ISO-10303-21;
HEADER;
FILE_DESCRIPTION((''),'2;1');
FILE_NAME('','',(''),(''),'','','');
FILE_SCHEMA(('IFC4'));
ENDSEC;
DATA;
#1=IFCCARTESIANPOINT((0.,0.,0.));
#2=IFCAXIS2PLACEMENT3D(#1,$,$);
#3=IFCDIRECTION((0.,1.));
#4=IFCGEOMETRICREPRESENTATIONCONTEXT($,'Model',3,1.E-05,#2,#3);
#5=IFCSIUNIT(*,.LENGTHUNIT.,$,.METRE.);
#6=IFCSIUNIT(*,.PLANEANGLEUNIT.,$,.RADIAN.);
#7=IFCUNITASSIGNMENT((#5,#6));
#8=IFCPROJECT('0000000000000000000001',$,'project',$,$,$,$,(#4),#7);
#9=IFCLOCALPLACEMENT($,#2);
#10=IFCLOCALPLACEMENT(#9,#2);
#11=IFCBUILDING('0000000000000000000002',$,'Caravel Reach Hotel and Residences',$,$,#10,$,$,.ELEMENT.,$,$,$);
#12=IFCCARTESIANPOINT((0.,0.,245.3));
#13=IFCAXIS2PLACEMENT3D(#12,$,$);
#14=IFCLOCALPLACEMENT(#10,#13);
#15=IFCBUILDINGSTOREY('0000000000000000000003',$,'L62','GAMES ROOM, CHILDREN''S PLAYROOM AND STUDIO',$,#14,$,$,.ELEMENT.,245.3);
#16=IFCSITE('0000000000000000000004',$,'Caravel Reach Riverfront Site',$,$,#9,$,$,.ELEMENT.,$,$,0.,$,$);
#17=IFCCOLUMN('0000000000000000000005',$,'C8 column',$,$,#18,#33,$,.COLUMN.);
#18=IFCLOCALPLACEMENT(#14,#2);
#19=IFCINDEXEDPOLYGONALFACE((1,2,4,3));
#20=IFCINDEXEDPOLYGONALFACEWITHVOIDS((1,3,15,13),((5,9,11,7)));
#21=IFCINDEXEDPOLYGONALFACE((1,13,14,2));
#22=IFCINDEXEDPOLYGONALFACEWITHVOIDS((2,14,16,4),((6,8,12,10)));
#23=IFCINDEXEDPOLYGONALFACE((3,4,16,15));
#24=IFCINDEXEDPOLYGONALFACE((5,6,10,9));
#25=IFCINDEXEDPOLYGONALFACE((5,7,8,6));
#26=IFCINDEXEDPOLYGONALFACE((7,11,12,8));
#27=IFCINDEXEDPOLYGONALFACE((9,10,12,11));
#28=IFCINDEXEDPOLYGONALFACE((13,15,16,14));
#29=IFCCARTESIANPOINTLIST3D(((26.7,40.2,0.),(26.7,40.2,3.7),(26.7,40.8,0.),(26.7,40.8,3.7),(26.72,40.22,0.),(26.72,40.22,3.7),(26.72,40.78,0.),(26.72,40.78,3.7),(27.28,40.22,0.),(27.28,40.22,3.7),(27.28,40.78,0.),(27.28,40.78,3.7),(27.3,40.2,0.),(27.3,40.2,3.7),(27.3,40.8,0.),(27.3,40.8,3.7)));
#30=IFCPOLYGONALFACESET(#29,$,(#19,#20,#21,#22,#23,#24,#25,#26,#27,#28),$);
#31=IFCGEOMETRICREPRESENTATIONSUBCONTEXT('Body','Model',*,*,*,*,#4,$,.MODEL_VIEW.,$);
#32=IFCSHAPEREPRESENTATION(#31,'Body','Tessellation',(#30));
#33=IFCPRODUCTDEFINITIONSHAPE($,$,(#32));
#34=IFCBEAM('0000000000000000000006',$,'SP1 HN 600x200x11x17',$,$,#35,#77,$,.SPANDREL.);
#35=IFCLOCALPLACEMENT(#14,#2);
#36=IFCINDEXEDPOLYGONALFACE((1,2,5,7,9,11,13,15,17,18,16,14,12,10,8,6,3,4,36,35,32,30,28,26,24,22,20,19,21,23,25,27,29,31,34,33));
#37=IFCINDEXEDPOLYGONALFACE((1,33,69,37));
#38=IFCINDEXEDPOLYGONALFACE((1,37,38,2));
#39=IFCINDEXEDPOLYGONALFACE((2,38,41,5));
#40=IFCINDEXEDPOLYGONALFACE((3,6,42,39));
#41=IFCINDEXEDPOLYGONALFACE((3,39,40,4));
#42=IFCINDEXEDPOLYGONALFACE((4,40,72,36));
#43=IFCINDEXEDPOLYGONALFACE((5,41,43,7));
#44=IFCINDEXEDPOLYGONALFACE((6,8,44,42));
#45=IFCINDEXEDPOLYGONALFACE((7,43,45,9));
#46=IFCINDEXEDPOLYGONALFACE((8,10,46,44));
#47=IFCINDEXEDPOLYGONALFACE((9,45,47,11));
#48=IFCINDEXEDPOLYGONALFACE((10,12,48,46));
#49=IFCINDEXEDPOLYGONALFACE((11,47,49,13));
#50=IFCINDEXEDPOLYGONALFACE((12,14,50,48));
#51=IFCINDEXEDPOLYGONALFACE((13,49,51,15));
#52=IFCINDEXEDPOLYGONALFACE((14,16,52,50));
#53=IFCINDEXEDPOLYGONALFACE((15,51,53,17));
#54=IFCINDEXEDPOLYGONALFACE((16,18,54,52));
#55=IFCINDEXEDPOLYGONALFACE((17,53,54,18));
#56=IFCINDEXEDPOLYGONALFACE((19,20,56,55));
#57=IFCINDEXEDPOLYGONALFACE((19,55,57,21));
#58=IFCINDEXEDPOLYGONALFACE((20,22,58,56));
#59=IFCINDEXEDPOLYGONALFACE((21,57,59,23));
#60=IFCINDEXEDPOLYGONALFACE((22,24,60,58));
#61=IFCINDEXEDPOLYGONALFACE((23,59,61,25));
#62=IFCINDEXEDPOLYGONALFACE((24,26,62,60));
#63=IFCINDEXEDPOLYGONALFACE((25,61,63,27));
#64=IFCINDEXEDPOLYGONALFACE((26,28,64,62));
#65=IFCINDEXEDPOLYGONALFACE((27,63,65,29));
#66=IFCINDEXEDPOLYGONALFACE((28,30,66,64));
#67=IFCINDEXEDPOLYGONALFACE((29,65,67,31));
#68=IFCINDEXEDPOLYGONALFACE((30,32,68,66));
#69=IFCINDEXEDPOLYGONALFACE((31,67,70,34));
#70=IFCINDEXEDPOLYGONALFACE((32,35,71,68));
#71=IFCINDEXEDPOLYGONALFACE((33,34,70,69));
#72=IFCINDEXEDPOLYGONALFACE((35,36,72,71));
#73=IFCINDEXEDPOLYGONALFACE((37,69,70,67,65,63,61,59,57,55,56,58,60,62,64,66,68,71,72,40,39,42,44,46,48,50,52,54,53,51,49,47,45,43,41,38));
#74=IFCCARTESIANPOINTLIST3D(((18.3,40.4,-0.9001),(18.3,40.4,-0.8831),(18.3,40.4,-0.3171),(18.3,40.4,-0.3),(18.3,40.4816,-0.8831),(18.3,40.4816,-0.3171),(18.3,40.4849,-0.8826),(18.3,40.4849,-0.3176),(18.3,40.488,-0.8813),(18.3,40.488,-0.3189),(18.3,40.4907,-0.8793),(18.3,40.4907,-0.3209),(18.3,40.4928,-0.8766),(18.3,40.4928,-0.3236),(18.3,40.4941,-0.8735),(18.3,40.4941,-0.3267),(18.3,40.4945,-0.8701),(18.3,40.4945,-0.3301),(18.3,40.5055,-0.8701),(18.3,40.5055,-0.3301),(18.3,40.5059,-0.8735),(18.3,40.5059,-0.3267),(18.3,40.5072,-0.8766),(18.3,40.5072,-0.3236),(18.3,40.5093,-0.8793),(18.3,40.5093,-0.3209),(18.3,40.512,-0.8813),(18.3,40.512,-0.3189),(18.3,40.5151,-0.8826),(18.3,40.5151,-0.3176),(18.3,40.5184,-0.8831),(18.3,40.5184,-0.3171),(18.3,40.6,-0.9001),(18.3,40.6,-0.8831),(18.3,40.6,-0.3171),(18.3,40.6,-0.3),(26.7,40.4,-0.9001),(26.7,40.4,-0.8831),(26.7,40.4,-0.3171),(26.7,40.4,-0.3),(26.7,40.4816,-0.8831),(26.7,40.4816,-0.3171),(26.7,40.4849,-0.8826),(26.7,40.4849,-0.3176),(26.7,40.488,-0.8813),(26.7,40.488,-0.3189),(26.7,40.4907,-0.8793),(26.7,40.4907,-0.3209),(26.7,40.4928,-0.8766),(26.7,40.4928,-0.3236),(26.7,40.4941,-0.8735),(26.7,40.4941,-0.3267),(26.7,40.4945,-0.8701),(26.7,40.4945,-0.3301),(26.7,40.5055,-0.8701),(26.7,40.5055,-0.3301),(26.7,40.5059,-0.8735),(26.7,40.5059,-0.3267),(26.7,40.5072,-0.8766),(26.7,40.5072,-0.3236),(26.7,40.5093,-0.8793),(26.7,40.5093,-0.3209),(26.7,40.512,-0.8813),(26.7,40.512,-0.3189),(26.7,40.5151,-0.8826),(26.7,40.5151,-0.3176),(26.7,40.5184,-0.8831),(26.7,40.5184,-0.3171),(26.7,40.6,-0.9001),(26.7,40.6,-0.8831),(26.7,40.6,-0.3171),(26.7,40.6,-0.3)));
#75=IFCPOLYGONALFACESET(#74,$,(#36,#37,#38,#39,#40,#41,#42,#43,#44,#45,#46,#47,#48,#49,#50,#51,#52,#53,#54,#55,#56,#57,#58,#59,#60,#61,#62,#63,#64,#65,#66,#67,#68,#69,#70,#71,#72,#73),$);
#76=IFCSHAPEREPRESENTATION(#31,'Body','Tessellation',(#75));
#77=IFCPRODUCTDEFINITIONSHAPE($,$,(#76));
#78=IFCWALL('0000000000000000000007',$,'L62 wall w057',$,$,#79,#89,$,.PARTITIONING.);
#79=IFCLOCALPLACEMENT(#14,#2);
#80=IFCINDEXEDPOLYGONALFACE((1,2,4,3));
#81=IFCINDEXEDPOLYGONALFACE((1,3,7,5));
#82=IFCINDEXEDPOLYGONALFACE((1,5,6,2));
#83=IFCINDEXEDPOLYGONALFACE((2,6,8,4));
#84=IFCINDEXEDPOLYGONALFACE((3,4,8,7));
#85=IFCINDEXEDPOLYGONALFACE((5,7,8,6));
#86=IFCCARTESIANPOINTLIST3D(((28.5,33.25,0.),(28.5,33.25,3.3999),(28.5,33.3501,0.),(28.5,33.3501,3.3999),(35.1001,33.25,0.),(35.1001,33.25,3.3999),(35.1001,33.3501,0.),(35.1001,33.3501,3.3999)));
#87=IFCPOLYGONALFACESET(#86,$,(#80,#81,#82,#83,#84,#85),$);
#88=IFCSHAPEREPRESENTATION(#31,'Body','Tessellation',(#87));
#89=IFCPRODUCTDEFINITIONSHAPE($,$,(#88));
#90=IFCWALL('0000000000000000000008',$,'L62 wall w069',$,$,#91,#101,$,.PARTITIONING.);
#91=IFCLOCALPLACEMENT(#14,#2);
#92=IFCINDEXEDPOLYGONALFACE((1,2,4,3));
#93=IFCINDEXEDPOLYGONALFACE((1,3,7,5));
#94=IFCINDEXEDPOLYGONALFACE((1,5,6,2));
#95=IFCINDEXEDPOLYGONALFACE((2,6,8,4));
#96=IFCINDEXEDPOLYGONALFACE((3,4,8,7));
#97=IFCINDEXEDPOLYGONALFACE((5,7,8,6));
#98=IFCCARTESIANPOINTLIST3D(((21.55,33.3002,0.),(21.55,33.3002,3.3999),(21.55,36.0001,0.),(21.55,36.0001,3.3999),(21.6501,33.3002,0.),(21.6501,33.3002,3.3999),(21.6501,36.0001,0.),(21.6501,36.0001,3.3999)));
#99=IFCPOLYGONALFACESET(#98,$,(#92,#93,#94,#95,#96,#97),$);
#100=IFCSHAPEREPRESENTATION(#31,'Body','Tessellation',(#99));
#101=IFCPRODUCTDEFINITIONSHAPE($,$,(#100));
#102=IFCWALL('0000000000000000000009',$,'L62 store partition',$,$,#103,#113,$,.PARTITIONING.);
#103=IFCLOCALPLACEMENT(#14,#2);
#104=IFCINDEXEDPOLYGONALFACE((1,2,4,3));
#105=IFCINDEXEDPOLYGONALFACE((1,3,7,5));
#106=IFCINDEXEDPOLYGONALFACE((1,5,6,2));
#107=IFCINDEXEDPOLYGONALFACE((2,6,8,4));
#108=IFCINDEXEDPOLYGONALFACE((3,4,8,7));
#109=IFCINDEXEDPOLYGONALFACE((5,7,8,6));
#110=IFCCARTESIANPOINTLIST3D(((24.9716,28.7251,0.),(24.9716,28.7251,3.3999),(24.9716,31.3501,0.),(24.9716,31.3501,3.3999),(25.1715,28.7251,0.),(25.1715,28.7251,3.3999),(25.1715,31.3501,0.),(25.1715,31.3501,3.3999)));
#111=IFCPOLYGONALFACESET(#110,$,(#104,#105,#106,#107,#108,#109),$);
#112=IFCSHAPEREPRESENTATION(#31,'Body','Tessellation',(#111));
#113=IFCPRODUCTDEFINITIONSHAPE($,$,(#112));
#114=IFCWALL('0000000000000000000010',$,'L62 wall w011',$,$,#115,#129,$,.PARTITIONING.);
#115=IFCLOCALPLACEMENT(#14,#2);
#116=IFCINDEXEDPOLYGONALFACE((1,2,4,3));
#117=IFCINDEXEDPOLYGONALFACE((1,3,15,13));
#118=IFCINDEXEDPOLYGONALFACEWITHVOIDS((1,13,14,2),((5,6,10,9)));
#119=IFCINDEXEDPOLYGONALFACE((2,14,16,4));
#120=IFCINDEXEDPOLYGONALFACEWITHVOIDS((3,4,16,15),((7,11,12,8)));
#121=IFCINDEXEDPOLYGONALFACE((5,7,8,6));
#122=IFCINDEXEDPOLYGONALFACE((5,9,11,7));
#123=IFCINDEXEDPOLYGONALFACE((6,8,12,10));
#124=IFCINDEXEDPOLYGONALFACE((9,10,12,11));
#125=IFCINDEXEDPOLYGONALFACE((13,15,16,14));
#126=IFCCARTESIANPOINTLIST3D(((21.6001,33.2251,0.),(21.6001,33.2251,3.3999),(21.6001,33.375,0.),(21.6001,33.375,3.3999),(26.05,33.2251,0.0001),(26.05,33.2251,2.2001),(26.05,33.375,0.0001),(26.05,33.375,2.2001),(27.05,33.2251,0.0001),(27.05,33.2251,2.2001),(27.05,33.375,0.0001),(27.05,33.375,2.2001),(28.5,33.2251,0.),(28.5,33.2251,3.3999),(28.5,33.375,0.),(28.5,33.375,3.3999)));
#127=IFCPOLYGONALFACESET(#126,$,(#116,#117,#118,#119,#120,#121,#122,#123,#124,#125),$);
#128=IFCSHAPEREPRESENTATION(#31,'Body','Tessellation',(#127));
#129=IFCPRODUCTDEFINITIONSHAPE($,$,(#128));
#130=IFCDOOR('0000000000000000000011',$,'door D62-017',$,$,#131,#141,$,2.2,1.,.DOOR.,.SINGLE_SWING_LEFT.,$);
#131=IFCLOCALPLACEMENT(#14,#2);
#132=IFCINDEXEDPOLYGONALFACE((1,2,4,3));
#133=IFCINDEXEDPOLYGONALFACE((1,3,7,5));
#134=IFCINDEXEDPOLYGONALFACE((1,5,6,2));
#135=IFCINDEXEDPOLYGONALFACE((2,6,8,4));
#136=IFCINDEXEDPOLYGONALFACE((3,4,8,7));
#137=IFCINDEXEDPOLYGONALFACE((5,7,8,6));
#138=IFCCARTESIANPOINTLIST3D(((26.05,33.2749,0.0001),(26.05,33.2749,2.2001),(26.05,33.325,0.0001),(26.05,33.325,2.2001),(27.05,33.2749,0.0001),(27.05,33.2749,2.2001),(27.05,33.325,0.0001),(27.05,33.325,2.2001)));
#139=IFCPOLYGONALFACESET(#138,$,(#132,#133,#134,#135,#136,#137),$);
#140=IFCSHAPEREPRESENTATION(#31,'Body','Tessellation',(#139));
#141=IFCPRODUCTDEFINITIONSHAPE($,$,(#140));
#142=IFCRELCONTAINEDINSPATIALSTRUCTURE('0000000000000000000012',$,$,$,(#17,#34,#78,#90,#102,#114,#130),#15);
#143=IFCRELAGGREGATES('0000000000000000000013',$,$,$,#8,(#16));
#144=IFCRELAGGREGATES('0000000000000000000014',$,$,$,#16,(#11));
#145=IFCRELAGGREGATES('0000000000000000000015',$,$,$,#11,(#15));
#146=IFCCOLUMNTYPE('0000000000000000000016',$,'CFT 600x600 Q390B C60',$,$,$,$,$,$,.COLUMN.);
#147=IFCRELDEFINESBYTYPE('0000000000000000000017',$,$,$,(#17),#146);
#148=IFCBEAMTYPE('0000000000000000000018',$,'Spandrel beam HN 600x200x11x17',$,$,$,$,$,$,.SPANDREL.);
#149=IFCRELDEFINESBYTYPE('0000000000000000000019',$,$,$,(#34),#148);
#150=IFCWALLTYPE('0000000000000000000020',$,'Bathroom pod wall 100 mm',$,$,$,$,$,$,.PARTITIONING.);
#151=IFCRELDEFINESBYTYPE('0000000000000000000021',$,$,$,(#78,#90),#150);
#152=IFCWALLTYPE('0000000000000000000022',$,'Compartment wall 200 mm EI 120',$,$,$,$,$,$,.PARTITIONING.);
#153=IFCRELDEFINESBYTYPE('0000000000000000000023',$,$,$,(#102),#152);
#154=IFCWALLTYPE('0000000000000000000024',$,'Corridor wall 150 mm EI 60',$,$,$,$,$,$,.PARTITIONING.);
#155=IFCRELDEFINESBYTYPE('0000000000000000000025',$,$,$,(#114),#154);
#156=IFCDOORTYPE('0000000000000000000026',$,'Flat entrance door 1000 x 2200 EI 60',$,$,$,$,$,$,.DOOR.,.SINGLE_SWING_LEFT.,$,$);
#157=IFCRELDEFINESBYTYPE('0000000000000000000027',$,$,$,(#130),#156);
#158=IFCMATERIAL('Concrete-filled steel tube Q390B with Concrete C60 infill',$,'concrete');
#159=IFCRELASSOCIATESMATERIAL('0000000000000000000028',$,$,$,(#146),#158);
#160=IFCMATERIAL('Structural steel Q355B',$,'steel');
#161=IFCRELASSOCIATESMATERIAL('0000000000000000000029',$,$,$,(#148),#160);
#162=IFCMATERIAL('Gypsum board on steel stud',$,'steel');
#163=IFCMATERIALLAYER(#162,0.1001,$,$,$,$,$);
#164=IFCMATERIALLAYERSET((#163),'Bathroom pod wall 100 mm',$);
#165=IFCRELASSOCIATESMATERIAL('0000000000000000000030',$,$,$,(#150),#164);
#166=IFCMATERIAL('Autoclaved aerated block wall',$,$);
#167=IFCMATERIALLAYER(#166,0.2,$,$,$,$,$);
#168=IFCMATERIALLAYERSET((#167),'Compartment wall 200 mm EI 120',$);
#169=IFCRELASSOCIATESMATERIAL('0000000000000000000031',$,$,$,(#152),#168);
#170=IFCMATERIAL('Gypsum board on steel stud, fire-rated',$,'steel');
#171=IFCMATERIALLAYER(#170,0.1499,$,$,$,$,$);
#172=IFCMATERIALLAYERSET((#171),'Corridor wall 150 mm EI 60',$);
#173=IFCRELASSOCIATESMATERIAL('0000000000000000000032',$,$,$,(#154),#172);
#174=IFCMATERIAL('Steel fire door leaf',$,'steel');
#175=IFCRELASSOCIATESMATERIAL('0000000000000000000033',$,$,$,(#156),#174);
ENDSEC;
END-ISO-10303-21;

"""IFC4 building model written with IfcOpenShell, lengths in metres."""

from ifc_helpers import new_model, si_unit, direction, frame, frame_2d, origin, origin_2d, place, context, subcontext, project, spatial, rectangle, hollow_rectangle, i_section, extrude, material, layer, layer_set, material_profile, profile_set, type_object, element, fill, save


model = new_model("IFC4")

# Units and contexts
model_context = context("Model", 3, precision=1e-05, world=origin(), true_north=direction((0.0, 1.0)))
body_context = subcontext(model_context, "Body", "Model", "MODEL_VIEW")
ifc_project = project(units=[si_unit("LENGTHUNIT", "METRE"), si_unit("PLANEANGLEUNIT", "RADIAN")], contexts=[model_context])

# Site, building, storey
site_placement = place(None, origin())
site = spatial("IfcSite", under=ifc_project, at=site_placement, Name="Caravel Reach Riverfront Site", CompositionType="ELEMENT", RefElevation=0.0)
building_placement = place(site_placement, origin())
building = spatial("IfcBuilding", under=site, at=building_placement, Name="Caravel Reach Hotel and Residences", CompositionType="ELEMENT")
storey_placement = place(building_placement, frame((0.0, 0.0, 245.3)))
storey = spatial("IfcBuildingStorey", under=building, at=storey_placement, Name="L62", Description="GAMES ROOM, CHILDREN'S PLAYROOM AND STUDIO", CompositionType="ELEMENT", Elevation=245.3)

# Column
ifc_material_1 = material(Name="Concrete-filled steel tube Q390B with Concrete C60 infill", Category="concrete")
ifc_material_profile_1 = material_profile(ifc_material_1, hollow_rectangle(XDim=0.6001, YDim=0.6001, WallThickness=0.02, at=origin_2d()), Name="RHS 600x600x20")
ifc_profile_set_1 = profile_set([ifc_material_profile_1], Name="Concrete-filled steel tube Q390B with Concrete C60 infill")
column_type = type_object("IfcColumnType", Name="CFT 600x600 Q390B C60", PredefinedType="COLUMN", material=ifc_profile_set_1)
column_placement = place(storey_placement, frame((27.0, 40.5, 0.0), z_axis=(0.0, 0.0, 1.0), x_axis=(1.0, 0.0, 0.0)))
element("IfcColumn", 1, at=column_placement, inside=storey, type_object=column_type, Name="C8 column", PredefinedType="COLUMN", context=body_context, shape_type="SweptSolid", body=[
    extrude(hollow_rectangle(XDim=0.6001, YDim=0.6001, WallThickness=0.02, at=origin_2d()), origin(), (0.0, 0.0, 1.0), 3.7),
])

# Beam
ifc_material_2 = material(Name="Structural steel Q355B", Category="steel")
ifc_material_profile_2 = material_profile(ifc_material_2, i_section(OverallWidth=0.2, OverallDepth=0.6001, WebThickness=0.011, FlangeThickness=0.0171, FilletRadius=0.0129, at=origin_2d()), Name="HN 600x200x11x17")
ifc_profile_set_2 = profile_set([ifc_material_profile_2], Name="Structural steel Q355B")
beam_type = type_object("IfcBeamType", Name="Spandrel beam HN 600x200x11x17", PredefinedType="SPANDREL", material=ifc_profile_set_2)
beam_placement = place(storey_placement, frame((26.7, 40.5, -0.6001), z_axis=(-1.0, 0.0, 0.0), x_axis=(0.0, -1.0, 0.0)))
element("IfcBeam", 2, at=beam_placement, inside=storey, type_object=beam_type, Name="SP1 HN 600x200x11x17", PredefinedType="SPANDREL", context=body_context, shape_type="SweptSolid", body=[
    extrude(i_section(OverallWidth=0.2, OverallDepth=0.6001, WebThickness=0.011, FlangeThickness=0.0171, FilletRadius=0.0129, at=origin_2d()), origin(), (0.0, 0.0, 1.0), 8.3999),
])

# Walls
ifc_material_3 = material(Name="Gypsum board on steel stud", Category="steel")
ifc_layer_1 = layer(ifc_material_3, 0.1001)
ifc_layer_set_1 = layer_set([ifc_layer_1], Name="Bathroom pod wall 100 mm")
wall_type_1 = type_object("IfcWallType", Name="Bathroom pod wall 100 mm", PredefinedType="PARTITIONING", material=ifc_layer_set_1)
wall_1_placement = place(storey_placement, frame((28.5, 33.3, 0.0), z_axis=(0.0, 0.0, 1.0), x_axis=(1.0, 0.0, 0.0)))
element("IfcWall", 3, at=wall_1_placement, inside=storey, type_object=wall_type_1, Name="L62 wall w057", PredefinedType="PARTITIONING", context=body_context, shape_type="SweptSolid", body=[
    extrude(rectangle(XDim=6.6001, YDim=0.1001, at=frame_2d((3.3, 0.0))), origin(), (0.0, 0.0, 1.0), 3.3999),
])
wall_2_placement = place(storey_placement, frame((21.6001, 33.3, 0.0), z_axis=(0.0, 0.0, 1.0), x_axis=(0.0, 1.0, 0.0)))
element("IfcWall", 4, at=wall_2_placement, inside=storey, type_object=wall_type_1, Name="L62 wall w069", PredefinedType="PARTITIONING", context=body_context, shape_type="SweptSolid", body=[
    extrude(rectangle(XDim=2.7, YDim=0.1001, at=frame_2d((1.3501, 0.0))), origin(), (0.0, 0.0, 1.0), 3.3999),
])
ifc_material_4 = material(Name="Autoclaved aerated block wall")
ifc_layer_2 = layer(ifc_material_4, 0.2)
ifc_layer_set_2 = layer_set([ifc_layer_2], Name="Compartment wall 200 mm EI 120")
wall_type_2 = type_object("IfcWallType", Name="Compartment wall 200 mm EI 120", PredefinedType="PARTITIONING", material=ifc_layer_set_2)
wall_3_placement = place(storey_placement, frame((25.0715, 28.7251, 0.0), z_axis=(0.0, 0.0, 1.0), x_axis=(0.0, 1.0, 0.0)))
element("IfcWall", 5, at=wall_3_placement, inside=storey, type_object=wall_type_2, Name="L62 store partition", PredefinedType="PARTITIONING", context=body_context, shape_type="SweptSolid", body=[
    extrude(rectangle(XDim=2.625, YDim=0.2, at=frame_2d((1.3125, 0.0))), origin(), (0.0, 0.0, 1.0), 3.3999),
])

# Wall, opening, door
ifc_material_5 = material(Name="Gypsum board on steel stud, fire-rated", Category="steel")
ifc_layer_3 = layer(ifc_material_5, 0.1499)
ifc_layer_set_3 = layer_set([ifc_layer_3], Name="Corridor wall 150 mm EI 60")
wall_type_3 = type_object("IfcWallType", Name="Corridor wall 150 mm EI 60", PredefinedType="PARTITIONING", material=ifc_layer_set_3)
wall_4_placement = place(storey_placement, frame((21.6001, 33.3, 0.0), z_axis=(0.0, 0.0, 1.0), x_axis=(1.0, 0.0, 0.0)))
wall_4 = element("IfcWall", 6, at=wall_4_placement, inside=storey, type_object=wall_type_3, Name="L62 wall w011", PredefinedType="PARTITIONING", context=body_context, shape_type="SweptSolid", body=[
    extrude(rectangle(XDim=6.8999, YDim=0.1499, at=frame_2d((3.45, 0.0))), origin(), (0.0, 0.0, 1.0), 3.3999),
])
opening_1_placement = place(wall_4_placement, frame((4.45, 0.0, 0.0)))
opening_1 = element("IfcOpeningElement", 7, at=opening_1_placement, cuts=wall_4, PredefinedType="OPENING", context=body_context, shape_type="SweptSolid", body=[
    extrude(rectangle(XDim=1.0, YDim=2.2, at=frame_2d((0.5, 1.1001))), frame((0.0, 0.085, 0.0), z_axis=(0.0, -1.0, 0.0), x_axis=(1.0, 0.0, 0.0)), (0.0, 0.0, 1.0), 0.1699),
])
ifc_material_6 = material(Name="Steel fire door leaf", Category="steel")
door_type_1 = type_object("IfcDoorType", Name="Flat entrance door 1000 x 2200 EI 60", OperationType="SINGLE_SWING_LEFT", PredefinedType="DOOR", material=ifc_material_6)
door_1_placement = place(opening_1_placement, origin())
door_1 = element("IfcDoor", 8, at=door_1_placement, inside=storey, type_object=door_type_1, Name="door D62-017", OperationType="SINGLE_SWING_LEFT", OverallHeight=2.2, OverallWidth=1.0, PredefinedType="DOOR", context=body_context, shape_type="SweptSolid", body=[
    extrude(rectangle(XDim=1.0, YDim=2.2, at=frame_2d((0.5, 1.1001))), frame((0.0, 0.0249, 0.0), z_axis=(0.0, -1.0, 0.0), x_axis=(1.0, 0.0, 0.0)), (0.0, 0.0, 1.0), 0.05),
])
fill(opening_1, door_1)

save(model, "model.ifc")
